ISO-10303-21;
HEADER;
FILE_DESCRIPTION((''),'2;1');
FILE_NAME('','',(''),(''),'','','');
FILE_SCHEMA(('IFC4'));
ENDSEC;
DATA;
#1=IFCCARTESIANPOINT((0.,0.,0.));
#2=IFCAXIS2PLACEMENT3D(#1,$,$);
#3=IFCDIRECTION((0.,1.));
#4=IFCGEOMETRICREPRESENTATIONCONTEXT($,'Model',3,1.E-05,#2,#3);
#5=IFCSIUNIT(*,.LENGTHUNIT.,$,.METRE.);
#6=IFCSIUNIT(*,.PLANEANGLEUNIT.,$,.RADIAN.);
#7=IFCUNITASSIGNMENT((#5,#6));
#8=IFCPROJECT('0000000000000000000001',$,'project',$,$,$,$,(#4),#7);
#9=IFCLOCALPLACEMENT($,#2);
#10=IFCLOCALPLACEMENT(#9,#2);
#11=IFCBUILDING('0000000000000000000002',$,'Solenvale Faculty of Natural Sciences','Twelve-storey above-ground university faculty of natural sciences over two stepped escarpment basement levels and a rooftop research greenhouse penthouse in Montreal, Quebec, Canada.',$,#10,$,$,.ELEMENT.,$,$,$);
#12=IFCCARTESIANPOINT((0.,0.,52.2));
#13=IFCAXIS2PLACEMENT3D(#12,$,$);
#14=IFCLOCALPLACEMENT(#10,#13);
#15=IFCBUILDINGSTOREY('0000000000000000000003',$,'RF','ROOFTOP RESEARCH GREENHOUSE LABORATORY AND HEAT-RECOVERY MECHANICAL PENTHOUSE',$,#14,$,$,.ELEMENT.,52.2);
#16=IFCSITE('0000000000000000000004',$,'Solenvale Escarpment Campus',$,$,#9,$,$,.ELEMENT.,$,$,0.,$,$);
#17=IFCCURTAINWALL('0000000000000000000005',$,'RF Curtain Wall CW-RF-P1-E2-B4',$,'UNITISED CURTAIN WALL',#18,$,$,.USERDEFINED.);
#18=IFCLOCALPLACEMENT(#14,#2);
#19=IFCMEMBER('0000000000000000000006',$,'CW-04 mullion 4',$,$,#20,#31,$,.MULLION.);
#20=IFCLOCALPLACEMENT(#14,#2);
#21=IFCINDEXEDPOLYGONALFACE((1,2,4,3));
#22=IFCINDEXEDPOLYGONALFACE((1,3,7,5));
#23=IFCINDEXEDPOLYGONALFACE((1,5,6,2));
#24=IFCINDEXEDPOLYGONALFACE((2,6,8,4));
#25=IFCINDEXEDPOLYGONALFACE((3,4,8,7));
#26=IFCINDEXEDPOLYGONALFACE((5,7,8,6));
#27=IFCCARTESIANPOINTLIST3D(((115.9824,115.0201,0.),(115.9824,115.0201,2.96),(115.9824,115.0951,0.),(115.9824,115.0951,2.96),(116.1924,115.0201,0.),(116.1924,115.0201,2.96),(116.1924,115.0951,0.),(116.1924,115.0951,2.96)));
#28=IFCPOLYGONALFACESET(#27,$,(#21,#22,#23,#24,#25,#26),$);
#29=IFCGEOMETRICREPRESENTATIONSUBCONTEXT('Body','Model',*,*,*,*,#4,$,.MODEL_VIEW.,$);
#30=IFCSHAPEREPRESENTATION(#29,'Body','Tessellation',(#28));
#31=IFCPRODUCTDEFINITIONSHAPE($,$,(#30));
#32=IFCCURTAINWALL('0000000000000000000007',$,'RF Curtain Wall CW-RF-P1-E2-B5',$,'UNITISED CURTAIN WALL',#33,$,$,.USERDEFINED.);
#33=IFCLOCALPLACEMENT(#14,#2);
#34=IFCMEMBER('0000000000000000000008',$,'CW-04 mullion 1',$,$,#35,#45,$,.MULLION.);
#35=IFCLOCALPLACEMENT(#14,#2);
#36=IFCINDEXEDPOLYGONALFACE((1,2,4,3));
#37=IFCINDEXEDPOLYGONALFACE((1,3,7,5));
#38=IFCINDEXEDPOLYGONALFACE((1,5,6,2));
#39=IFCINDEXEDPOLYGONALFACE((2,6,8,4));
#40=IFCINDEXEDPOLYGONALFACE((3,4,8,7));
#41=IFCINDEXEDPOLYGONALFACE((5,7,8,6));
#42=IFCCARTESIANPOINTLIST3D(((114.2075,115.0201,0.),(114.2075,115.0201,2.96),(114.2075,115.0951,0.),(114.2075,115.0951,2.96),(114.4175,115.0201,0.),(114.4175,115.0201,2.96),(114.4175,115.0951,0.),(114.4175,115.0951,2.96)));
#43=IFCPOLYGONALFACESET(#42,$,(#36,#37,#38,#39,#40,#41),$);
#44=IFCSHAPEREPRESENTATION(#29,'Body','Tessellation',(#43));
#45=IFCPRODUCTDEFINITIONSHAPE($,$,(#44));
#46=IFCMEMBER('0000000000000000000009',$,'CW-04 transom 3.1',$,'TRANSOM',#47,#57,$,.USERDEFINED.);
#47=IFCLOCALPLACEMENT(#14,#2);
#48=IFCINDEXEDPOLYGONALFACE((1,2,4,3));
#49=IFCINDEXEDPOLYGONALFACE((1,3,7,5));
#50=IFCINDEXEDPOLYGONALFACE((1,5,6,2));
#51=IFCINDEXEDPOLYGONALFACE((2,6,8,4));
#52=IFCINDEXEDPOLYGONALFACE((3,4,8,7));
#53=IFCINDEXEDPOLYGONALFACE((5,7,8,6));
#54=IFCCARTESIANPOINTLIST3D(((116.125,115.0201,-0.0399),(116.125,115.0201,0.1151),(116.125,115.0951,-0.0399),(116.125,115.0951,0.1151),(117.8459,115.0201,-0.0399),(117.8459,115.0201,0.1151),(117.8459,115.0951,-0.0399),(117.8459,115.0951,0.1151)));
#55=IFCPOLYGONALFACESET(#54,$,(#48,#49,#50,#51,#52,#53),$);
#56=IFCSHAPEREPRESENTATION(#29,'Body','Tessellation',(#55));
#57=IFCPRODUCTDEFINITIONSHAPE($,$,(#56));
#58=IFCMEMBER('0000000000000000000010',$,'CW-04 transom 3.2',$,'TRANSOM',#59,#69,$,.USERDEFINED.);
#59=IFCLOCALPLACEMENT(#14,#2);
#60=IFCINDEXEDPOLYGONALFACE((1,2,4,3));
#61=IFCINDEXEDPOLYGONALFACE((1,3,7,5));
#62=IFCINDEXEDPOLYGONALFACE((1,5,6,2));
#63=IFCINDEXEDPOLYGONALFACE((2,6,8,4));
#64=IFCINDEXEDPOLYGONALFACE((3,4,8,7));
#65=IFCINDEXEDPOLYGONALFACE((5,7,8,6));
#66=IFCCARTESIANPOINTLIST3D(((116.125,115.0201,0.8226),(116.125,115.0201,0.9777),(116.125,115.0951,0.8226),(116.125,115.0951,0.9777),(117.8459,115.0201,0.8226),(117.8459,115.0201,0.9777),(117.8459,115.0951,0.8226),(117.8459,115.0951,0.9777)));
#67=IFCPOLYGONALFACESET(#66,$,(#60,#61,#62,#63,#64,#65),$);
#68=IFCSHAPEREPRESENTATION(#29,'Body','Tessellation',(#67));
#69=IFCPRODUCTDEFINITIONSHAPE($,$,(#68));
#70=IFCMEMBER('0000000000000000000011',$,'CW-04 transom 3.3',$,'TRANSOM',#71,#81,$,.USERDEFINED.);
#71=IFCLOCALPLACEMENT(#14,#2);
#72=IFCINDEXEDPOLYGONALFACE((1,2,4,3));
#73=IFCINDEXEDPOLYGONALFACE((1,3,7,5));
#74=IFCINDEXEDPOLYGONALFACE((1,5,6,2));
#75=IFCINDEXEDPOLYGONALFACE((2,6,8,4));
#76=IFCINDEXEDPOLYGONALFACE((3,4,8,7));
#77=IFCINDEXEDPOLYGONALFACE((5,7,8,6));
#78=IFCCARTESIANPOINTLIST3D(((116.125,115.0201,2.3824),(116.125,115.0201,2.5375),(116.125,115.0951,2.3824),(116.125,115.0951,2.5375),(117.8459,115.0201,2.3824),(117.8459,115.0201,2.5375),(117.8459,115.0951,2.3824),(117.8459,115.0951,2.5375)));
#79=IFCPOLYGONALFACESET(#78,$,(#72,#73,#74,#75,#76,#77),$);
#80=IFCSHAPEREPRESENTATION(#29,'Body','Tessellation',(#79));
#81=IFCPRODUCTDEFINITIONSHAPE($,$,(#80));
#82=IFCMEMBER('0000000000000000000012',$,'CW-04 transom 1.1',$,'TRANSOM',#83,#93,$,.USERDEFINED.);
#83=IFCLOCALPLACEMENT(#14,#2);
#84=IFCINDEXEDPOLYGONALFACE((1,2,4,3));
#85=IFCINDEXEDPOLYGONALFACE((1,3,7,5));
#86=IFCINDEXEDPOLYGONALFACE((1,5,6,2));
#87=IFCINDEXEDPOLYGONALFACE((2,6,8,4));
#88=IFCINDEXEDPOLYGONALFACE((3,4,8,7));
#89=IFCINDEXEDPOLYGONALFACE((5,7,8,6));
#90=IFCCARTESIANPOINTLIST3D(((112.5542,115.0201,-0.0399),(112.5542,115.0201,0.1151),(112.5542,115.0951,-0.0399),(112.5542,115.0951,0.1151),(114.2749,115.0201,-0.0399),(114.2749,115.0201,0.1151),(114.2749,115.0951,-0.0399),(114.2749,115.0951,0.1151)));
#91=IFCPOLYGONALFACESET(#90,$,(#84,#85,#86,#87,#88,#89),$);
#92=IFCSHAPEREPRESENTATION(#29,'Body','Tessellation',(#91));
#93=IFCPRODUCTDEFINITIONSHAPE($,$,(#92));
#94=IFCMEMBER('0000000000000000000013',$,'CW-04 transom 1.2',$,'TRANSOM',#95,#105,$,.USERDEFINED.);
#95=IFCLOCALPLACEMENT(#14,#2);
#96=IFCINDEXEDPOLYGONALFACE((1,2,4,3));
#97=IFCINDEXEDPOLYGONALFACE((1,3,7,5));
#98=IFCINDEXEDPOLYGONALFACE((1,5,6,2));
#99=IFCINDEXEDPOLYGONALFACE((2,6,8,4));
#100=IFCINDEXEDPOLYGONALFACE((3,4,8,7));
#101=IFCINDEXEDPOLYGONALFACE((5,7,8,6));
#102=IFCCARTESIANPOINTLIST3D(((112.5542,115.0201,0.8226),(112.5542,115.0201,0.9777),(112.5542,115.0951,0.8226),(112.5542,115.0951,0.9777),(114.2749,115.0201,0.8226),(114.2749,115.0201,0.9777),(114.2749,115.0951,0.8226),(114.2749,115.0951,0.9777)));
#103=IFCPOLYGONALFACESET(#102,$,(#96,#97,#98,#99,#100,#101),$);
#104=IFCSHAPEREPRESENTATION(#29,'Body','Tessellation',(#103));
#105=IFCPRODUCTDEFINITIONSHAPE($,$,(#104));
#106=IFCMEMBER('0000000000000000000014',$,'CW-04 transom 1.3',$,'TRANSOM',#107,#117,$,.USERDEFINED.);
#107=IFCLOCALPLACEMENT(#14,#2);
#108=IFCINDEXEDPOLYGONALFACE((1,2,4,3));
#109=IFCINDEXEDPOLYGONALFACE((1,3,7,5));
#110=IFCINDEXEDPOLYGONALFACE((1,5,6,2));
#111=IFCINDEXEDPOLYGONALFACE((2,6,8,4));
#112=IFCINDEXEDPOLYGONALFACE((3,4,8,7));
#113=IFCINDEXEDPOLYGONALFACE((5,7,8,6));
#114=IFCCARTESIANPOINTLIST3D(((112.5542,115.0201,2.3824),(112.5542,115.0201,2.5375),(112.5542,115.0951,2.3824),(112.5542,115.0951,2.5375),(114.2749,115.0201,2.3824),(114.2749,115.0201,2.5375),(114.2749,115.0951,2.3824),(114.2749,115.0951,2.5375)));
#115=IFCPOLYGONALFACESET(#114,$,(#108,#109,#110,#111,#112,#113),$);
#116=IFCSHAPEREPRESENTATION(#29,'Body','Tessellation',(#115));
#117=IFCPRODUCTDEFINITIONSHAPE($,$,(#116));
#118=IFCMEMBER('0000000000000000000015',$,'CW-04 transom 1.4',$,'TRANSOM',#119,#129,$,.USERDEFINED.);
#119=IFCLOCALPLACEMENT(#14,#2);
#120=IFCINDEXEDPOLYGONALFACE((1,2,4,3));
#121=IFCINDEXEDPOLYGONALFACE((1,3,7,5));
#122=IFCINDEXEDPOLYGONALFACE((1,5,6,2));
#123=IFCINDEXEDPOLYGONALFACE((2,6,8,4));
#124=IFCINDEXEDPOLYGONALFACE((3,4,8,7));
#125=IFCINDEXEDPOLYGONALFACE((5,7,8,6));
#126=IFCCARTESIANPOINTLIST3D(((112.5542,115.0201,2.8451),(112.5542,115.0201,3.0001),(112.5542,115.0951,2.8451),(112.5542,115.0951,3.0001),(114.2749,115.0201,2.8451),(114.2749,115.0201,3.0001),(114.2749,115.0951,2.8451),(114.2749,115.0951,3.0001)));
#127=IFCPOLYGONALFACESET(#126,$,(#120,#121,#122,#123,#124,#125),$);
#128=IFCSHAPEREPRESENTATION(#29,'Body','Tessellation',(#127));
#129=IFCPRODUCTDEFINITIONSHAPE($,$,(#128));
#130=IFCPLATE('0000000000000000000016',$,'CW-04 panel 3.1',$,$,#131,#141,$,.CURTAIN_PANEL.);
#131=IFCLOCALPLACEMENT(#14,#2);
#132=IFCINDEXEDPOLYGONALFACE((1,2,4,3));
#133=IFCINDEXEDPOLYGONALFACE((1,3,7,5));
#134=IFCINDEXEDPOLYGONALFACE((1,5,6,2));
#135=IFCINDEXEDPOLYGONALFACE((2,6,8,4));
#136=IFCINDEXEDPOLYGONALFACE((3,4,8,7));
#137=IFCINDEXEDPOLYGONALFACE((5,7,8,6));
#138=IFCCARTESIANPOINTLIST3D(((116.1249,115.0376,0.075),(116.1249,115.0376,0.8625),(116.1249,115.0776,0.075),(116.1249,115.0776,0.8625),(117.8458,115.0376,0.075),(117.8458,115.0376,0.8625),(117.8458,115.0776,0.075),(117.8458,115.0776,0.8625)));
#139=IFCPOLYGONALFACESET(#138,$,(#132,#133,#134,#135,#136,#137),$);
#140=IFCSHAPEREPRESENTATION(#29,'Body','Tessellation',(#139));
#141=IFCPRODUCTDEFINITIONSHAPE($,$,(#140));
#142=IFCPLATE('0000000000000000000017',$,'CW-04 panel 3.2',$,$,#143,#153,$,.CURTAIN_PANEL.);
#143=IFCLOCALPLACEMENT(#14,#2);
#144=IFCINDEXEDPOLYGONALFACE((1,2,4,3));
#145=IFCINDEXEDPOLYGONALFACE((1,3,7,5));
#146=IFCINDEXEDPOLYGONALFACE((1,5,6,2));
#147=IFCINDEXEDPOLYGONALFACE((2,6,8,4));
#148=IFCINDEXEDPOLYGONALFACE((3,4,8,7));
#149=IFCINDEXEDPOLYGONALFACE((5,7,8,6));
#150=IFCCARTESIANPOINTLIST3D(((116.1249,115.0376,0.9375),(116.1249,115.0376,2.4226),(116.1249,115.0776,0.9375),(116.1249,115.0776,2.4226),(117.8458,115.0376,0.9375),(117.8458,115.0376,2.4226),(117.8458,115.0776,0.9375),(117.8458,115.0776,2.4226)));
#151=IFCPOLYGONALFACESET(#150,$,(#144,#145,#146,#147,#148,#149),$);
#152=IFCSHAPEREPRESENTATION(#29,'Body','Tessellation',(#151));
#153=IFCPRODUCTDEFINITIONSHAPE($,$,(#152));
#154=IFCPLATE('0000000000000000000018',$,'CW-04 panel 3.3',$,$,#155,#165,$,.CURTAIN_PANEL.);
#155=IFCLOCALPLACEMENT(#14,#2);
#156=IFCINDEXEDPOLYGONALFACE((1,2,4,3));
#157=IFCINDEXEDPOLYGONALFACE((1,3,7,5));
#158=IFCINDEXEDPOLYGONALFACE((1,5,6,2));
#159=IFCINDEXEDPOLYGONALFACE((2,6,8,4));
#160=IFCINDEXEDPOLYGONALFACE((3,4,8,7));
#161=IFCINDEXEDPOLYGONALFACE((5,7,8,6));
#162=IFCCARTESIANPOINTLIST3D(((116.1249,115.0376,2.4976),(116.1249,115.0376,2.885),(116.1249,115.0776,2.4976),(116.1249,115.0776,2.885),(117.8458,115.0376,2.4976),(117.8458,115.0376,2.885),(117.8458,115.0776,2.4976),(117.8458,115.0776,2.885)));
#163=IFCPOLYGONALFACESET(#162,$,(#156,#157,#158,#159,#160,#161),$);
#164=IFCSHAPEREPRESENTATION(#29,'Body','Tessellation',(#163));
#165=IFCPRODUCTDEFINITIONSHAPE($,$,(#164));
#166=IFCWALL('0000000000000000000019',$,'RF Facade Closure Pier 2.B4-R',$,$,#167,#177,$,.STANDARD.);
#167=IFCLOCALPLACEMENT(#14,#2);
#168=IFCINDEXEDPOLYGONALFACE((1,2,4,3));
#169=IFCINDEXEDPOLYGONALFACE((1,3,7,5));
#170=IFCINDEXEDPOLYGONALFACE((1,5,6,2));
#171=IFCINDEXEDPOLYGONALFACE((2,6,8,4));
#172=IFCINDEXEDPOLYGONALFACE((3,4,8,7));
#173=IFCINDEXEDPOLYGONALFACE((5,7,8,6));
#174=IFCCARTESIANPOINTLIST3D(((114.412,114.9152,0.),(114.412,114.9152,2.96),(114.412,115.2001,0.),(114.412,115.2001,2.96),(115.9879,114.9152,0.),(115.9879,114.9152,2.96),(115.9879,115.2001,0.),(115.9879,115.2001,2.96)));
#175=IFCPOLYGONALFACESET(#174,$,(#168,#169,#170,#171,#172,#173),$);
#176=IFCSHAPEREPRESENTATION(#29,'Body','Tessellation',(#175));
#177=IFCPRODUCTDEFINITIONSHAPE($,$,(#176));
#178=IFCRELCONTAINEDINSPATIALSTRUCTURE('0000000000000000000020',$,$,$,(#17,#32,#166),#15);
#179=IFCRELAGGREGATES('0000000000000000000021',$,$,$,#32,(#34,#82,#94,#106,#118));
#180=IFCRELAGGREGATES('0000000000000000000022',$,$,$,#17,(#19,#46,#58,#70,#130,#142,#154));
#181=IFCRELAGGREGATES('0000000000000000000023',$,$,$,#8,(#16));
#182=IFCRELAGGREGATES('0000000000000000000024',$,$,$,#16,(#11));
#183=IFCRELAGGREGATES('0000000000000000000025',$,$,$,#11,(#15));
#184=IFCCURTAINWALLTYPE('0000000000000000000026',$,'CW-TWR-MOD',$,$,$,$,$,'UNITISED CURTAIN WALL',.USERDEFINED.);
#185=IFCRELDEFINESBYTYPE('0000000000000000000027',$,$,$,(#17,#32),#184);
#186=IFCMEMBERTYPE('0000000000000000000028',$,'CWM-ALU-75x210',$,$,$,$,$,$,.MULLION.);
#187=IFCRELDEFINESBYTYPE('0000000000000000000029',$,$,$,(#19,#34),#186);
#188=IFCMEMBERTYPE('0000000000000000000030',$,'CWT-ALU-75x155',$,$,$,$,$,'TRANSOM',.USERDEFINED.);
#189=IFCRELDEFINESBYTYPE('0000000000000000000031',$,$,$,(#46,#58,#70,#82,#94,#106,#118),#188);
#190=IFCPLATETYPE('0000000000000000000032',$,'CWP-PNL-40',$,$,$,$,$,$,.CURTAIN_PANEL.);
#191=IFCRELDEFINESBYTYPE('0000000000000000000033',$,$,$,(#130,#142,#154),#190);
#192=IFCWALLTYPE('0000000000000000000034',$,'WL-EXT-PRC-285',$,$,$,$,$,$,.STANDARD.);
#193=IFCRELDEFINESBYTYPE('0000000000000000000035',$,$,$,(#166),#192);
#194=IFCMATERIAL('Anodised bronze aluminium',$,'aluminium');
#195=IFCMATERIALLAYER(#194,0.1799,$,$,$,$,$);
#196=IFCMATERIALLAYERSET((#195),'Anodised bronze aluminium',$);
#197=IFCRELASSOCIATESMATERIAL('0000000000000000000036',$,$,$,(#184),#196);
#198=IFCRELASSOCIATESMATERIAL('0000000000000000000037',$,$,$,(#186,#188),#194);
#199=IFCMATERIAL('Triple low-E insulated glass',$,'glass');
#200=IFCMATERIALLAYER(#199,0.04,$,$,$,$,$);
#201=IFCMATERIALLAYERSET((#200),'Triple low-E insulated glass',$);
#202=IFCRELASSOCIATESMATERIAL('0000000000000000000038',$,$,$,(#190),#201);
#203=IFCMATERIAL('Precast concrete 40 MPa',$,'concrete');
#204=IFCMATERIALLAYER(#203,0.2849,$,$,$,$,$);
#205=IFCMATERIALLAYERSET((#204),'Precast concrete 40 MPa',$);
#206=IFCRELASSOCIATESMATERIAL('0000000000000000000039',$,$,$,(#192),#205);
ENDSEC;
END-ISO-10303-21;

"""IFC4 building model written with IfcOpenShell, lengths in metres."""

from ifc_helpers import new_model, si_unit, direction, frame, frame_2d, origin, origin_2d, place, context, subcontext, project, spatial, rectangle, extrude, material, layer, layer_set, material_profile, profile_set, type_object, element, aggregate, save


model = new_model("IFC4")

# Units and contexts
model_context = context("Model", 3, precision=1e-05, world=origin(), true_north=direction((0.0, 1.0)))
body_context = subcontext(model_context, "Body", "Model", "MODEL_VIEW")
ifc_project = project(units=[si_unit("LENGTHUNIT", "METRE"), si_unit("PLANEANGLEUNIT", "RADIAN")], contexts=[model_context])

# Site, building, storey
site_placement = place(None, origin())
site = spatial("IfcSite", under=ifc_project, at=site_placement, Name="Solenvale Escarpment Campus", CompositionType="ELEMENT", RefElevation=0.0)
building_placement = place(site_placement, origin())
building = spatial("IfcBuilding", under=site, at=building_placement, Name="Solenvale Faculty of Natural Sciences", Description="Twelve-storey above-ground university faculty of natural sciences over two stepped escarpment basement levels and a rooftop research greenhouse penthouse in Montreal, Quebec, Canada.", CompositionType="ELEMENT")
storey_placement = place(building_placement, frame((0.0, 0.0, 52.2)))
storey = spatial("IfcBuildingStorey", under=building, at=storey_placement, Name="RF", Description="ROOFTOP RESEARCH GREENHOUSE LABORATORY AND HEAT-RECOVERY MECHANICAL PENTHOUSE", CompositionType="ELEMENT", Elevation=52.2)

# Curtain walls, members
ifc_material_1 = material(Name="Anodised bronze aluminium", Category="aluminium")
ifc_layer_1 = layer(ifc_material_1, 0.1799)
ifc_layer_set_1 = layer_set([ifc_layer_1], Name="Anodised bronze aluminium")
curtain_wall_type = type_object("IfcCurtainWallType", Name="CW-TWR-MOD", ElementType="UNITISED CURTAIN WALL", PredefinedType="USERDEFINED", material=ifc_layer_set_1)
curtain_wall_1_placement = place(storey_placement, origin())
curtain_wall_1 = element("IfcCurtainWall", 1, at=curtain_wall_1_placement, inside=storey, type_object=curtain_wall_type, Name="RF Curtain Wall CW-RF-P1-E2-B4", ObjectType="UNITISED CURTAIN WALL", PredefinedType="USERDEFINED")
ifc_material_profile_1 = material_profile(ifc_material_1, rectangle(XDim=0.075, YDim=0.21, at=origin_2d()), Name="ALU-MUL-75x210")
ifc_profile_set_1 = profile_set([ifc_material_profile_1], Name="Anodised bronze aluminium")
member_type_1 = type_object("IfcMemberType", Name="CWM-ALU-75x210", PredefinedType="MULLION", material=ifc_profile_set_1)
member_1_placement = place(storey_placement, frame((116.0874, 115.0576, 0.0), z_axis=(0.0, 0.0, 1.0), x_axis=(0.0, -1.0, 0.0)))
member_1 = element("IfcMember", 2, at=member_1_placement, type_object=member_type_1, Name="CW-04 mullion 4", PredefinedType="MULLION", context=body_context, shape_type="SweptSolid", body=[
    extrude(rectangle(XDim=0.075, YDim=0.21, at=origin_2d()), origin(), (0.0, 0.0, 1.0), 2.96),
])
curtain_wall_2_placement = place(storey_placement, origin())
curtain_wall_2 = element("IfcCurtainWall", 3, at=curtain_wall_2_placement, inside=storey, type_object=curtain_wall_type, Name="RF Curtain Wall CW-RF-P1-E2-B5", ObjectType="UNITISED CURTAIN WALL", PredefinedType="USERDEFINED")
member_2_placement = place(storey_placement, frame((114.3125, 115.0576, 0.0), z_axis=(0.0, 0.0, 1.0), x_axis=(0.0, -1.0, 0.0)))
member_2 = element("IfcMember", 4, at=member_2_placement, type_object=member_type_1, Name="CW-04 mullion 1", PredefinedType="MULLION", context=body_context, shape_type="SweptSolid", body=[
    extrude(rectangle(XDim=0.075, YDim=0.21, at=origin_2d()), origin(), (0.0, 0.0, 1.0), 2.96),
])

# Members
ifc_material_profile_2 = material_profile(ifc_material_1, rectangle(XDim=0.075, YDim=0.155, at=origin_2d()), Name="ALU-TRN-75x155")
ifc_profile_set_2 = profile_set([ifc_material_profile_2], Name="Anodised bronze aluminium")
member_type_2 = type_object("IfcMemberType", Name="CWT-ALU-75x155", ElementType="TRANSOM", PredefinedType="USERDEFINED", material=ifc_profile_set_2)
member_3_placement = place(storey_placement, frame((117.8459, 115.0576, 0.0376), z_axis=(-1.0, 0.0, 0.0), x_axis=(0.0, -1.0, 0.0)))
member_3 = element("IfcMember", 5, at=member_3_placement, type_object=member_type_2, Name="CW-04 transom 3.1", ObjectType="TRANSOM", PredefinedType="USERDEFINED", context=body_context, shape_type="SweptSolid", body=[
    extrude(rectangle(XDim=0.075, YDim=0.155, at=origin_2d()), origin(), (0.0, 0.0, 1.0), 1.7209),
])
member_4_placement = place(storey_placement, frame((117.8459, 115.0576, 0.9001), z_axis=(-1.0, 0.0, 0.0), x_axis=(0.0, -1.0, 0.0)))
member_4 = element("IfcMember", 6, at=member_4_placement, type_object=member_type_2, Name="CW-04 transom 3.2", ObjectType="TRANSOM", PredefinedType="USERDEFINED", context=body_context, shape_type="SweptSolid", body=[
    extrude(rectangle(XDim=0.075, YDim=0.155, at=origin_2d()), origin(), (0.0, 0.0, 1.0), 1.7209),
])
member_5_placement = place(storey_placement, frame((117.8459, 115.0576, 2.46), z_axis=(-1.0, 0.0, 0.0), x_axis=(0.0, -1.0, 0.0)))
member_5 = element("IfcMember", 7, at=member_5_placement, type_object=member_type_2, Name="CW-04 transom 3.3", ObjectType="TRANSOM", PredefinedType="USERDEFINED", context=body_context, shape_type="SweptSolid", body=[
    extrude(rectangle(XDim=0.075, YDim=0.155, at=origin_2d()), origin(), (0.0, 0.0, 1.0), 1.7209),
])
member_6_placement = place(storey_placement, frame((114.2749, 115.0576, 0.0376), z_axis=(-1.0, 0.0, 0.0), x_axis=(0.0, -1.0, 0.0)))
member_6 = element("IfcMember", 8, at=member_6_placement, type_object=member_type_2, Name="CW-04 transom 1.1", ObjectType="TRANSOM", PredefinedType="USERDEFINED", context=body_context, shape_type="SweptSolid", body=[
    extrude(rectangle(XDim=0.075, YDim=0.155, at=origin_2d()), origin(), (0.0, 0.0, 1.0), 1.7207),
])
member_7_placement = place(storey_placement, frame((114.2749, 115.0576, 0.9001), z_axis=(-1.0, 0.0, 0.0), x_axis=(0.0, -1.0, 0.0)))
member_7 = element("IfcMember", 9, at=member_7_placement, type_object=member_type_2, Name="CW-04 transom 1.2", ObjectType="TRANSOM", PredefinedType="USERDEFINED", context=body_context, shape_type="SweptSolid", body=[
    extrude(rectangle(XDim=0.075, YDim=0.155, at=origin_2d()), origin(), (0.0, 0.0, 1.0), 1.7207),
])
member_8_placement = place(storey_placement, frame((114.2749, 115.0576, 2.46), z_axis=(-1.0, 0.0, 0.0), x_axis=(0.0, -1.0, 0.0)))
member_8 = element("IfcMember", 10, at=member_8_placement, type_object=member_type_2, Name="CW-04 transom 1.3", ObjectType="TRANSOM", PredefinedType="USERDEFINED", context=body_context, shape_type="SweptSolid", body=[
    extrude(rectangle(XDim=0.075, YDim=0.155, at=origin_2d()), origin(), (0.0, 0.0, 1.0), 1.7207),
])
member_9_placement = place(storey_placement, frame((114.2749, 115.0576, 2.9226), z_axis=(-1.0, 0.0, 0.0), x_axis=(0.0, -1.0, 0.0)))
member_9 = element("IfcMember", 11, at=member_9_placement, type_object=member_type_2, Name="CW-04 transom 1.4", ObjectType="TRANSOM", PredefinedType="USERDEFINED", context=body_context, shape_type="SweptSolid", body=[
    extrude(rectangle(XDim=0.075, YDim=0.155, at=origin_2d()), origin(), (0.0, 0.0, 1.0), 1.7207),
])
aggregate(curtain_wall_2, [member_2, member_6, member_7, member_8, member_9])

# Plates
ifc_material_2 = material(Name="Triple low-E insulated glass", Category="glass")
ifc_layer_2 = layer(ifc_material_2, 0.04)
ifc_layer_set_2 = layer_set([ifc_layer_2], Name="Triple low-E insulated glass")
plate_type = type_object("IfcPlateType", Name="CWP-PNL-40", PredefinedType="CURTAIN_PANEL", material=ifc_layer_set_2)
plate_1_placement = place(storey_placement, frame((116.9854, 115.0576, 0.075), z_axis=(0.0, 0.0, 1.0), x_axis=(-1.0, 0.0, 0.0)))
plate_1 = element("IfcPlate", 12, at=plate_1_placement, type_object=plate_type, Name="CW-04 panel 3.1", PredefinedType="CURTAIN_PANEL", context=body_context, shape_type="SweptSolid", body=[
    extrude(rectangle(XDim=1.7209, YDim=0.04, at=origin_2d()), origin(), (0.0, 0.0, 1.0), 0.7876),
])
plate_2_placement = place(storey_placement, frame((116.9854, 115.0576, 0.9375), z_axis=(0.0, 0.0, 1.0), x_axis=(-1.0, 0.0, 0.0)))
plate_2 = element("IfcPlate", 13, at=plate_2_placement, type_object=plate_type, Name="CW-04 panel 3.2", PredefinedType="CURTAIN_PANEL", context=body_context, shape_type="SweptSolid", body=[
    extrude(rectangle(XDim=1.7209, YDim=0.04, at=origin_2d()), origin(), (0.0, 0.0, 1.0), 1.4851),
])
plate_3_placement = place(storey_placement, frame((116.9854, 115.0576, 2.4976), z_axis=(0.0, 0.0, 1.0), x_axis=(-1.0, 0.0, 0.0)))
plate_3 = element("IfcPlate", 14, at=plate_3_placement, type_object=plate_type, Name="CW-04 panel 3.3", PredefinedType="CURTAIN_PANEL", context=body_context, shape_type="SweptSolid", body=[
    extrude(rectangle(XDim=1.7209, YDim=0.04, at=origin_2d()), origin(), (0.0, 0.0, 1.0), 0.3875),
])
aggregate(curtain_wall_1, [member_1, member_3, member_4, member_5, plate_1, plate_2, plate_3])

# Wall
ifc_material_3 = material(Name="Precast concrete 40 MPa", Category="concrete")
ifc_layer_3 = layer(ifc_material_3, 0.2849)
ifc_layer_set_3 = layer_set([ifc_layer_3], Name="Precast concrete 40 MPa")
wall_type_1 = type_object("IfcWallType", Name="WL-EXT-PRC-285", PredefinedType="STANDARD", material=ifc_layer_set_3)
wall_1_placement = place(storey_placement, frame((115.988, 115.0576, 0.0), z_axis=(0.0, 0.0, 1.0), x_axis=(-1.0, 0.0, 0.0)))
element("IfcWall", 15, at=wall_1_placement, inside=storey, type_object=wall_type_1, Name="RF Facade Closure Pier 2.B4-R", PredefinedType="STANDARD", context=body_context, shape_type="SweptSolid", body=[
    extrude(rectangle(XDim=1.5759, YDim=0.2849, at=frame_2d((0.7881, 0.0))), origin(), (0.0, 0.0, 1.0), 2.96),
])

save(model, "model.ifc")
